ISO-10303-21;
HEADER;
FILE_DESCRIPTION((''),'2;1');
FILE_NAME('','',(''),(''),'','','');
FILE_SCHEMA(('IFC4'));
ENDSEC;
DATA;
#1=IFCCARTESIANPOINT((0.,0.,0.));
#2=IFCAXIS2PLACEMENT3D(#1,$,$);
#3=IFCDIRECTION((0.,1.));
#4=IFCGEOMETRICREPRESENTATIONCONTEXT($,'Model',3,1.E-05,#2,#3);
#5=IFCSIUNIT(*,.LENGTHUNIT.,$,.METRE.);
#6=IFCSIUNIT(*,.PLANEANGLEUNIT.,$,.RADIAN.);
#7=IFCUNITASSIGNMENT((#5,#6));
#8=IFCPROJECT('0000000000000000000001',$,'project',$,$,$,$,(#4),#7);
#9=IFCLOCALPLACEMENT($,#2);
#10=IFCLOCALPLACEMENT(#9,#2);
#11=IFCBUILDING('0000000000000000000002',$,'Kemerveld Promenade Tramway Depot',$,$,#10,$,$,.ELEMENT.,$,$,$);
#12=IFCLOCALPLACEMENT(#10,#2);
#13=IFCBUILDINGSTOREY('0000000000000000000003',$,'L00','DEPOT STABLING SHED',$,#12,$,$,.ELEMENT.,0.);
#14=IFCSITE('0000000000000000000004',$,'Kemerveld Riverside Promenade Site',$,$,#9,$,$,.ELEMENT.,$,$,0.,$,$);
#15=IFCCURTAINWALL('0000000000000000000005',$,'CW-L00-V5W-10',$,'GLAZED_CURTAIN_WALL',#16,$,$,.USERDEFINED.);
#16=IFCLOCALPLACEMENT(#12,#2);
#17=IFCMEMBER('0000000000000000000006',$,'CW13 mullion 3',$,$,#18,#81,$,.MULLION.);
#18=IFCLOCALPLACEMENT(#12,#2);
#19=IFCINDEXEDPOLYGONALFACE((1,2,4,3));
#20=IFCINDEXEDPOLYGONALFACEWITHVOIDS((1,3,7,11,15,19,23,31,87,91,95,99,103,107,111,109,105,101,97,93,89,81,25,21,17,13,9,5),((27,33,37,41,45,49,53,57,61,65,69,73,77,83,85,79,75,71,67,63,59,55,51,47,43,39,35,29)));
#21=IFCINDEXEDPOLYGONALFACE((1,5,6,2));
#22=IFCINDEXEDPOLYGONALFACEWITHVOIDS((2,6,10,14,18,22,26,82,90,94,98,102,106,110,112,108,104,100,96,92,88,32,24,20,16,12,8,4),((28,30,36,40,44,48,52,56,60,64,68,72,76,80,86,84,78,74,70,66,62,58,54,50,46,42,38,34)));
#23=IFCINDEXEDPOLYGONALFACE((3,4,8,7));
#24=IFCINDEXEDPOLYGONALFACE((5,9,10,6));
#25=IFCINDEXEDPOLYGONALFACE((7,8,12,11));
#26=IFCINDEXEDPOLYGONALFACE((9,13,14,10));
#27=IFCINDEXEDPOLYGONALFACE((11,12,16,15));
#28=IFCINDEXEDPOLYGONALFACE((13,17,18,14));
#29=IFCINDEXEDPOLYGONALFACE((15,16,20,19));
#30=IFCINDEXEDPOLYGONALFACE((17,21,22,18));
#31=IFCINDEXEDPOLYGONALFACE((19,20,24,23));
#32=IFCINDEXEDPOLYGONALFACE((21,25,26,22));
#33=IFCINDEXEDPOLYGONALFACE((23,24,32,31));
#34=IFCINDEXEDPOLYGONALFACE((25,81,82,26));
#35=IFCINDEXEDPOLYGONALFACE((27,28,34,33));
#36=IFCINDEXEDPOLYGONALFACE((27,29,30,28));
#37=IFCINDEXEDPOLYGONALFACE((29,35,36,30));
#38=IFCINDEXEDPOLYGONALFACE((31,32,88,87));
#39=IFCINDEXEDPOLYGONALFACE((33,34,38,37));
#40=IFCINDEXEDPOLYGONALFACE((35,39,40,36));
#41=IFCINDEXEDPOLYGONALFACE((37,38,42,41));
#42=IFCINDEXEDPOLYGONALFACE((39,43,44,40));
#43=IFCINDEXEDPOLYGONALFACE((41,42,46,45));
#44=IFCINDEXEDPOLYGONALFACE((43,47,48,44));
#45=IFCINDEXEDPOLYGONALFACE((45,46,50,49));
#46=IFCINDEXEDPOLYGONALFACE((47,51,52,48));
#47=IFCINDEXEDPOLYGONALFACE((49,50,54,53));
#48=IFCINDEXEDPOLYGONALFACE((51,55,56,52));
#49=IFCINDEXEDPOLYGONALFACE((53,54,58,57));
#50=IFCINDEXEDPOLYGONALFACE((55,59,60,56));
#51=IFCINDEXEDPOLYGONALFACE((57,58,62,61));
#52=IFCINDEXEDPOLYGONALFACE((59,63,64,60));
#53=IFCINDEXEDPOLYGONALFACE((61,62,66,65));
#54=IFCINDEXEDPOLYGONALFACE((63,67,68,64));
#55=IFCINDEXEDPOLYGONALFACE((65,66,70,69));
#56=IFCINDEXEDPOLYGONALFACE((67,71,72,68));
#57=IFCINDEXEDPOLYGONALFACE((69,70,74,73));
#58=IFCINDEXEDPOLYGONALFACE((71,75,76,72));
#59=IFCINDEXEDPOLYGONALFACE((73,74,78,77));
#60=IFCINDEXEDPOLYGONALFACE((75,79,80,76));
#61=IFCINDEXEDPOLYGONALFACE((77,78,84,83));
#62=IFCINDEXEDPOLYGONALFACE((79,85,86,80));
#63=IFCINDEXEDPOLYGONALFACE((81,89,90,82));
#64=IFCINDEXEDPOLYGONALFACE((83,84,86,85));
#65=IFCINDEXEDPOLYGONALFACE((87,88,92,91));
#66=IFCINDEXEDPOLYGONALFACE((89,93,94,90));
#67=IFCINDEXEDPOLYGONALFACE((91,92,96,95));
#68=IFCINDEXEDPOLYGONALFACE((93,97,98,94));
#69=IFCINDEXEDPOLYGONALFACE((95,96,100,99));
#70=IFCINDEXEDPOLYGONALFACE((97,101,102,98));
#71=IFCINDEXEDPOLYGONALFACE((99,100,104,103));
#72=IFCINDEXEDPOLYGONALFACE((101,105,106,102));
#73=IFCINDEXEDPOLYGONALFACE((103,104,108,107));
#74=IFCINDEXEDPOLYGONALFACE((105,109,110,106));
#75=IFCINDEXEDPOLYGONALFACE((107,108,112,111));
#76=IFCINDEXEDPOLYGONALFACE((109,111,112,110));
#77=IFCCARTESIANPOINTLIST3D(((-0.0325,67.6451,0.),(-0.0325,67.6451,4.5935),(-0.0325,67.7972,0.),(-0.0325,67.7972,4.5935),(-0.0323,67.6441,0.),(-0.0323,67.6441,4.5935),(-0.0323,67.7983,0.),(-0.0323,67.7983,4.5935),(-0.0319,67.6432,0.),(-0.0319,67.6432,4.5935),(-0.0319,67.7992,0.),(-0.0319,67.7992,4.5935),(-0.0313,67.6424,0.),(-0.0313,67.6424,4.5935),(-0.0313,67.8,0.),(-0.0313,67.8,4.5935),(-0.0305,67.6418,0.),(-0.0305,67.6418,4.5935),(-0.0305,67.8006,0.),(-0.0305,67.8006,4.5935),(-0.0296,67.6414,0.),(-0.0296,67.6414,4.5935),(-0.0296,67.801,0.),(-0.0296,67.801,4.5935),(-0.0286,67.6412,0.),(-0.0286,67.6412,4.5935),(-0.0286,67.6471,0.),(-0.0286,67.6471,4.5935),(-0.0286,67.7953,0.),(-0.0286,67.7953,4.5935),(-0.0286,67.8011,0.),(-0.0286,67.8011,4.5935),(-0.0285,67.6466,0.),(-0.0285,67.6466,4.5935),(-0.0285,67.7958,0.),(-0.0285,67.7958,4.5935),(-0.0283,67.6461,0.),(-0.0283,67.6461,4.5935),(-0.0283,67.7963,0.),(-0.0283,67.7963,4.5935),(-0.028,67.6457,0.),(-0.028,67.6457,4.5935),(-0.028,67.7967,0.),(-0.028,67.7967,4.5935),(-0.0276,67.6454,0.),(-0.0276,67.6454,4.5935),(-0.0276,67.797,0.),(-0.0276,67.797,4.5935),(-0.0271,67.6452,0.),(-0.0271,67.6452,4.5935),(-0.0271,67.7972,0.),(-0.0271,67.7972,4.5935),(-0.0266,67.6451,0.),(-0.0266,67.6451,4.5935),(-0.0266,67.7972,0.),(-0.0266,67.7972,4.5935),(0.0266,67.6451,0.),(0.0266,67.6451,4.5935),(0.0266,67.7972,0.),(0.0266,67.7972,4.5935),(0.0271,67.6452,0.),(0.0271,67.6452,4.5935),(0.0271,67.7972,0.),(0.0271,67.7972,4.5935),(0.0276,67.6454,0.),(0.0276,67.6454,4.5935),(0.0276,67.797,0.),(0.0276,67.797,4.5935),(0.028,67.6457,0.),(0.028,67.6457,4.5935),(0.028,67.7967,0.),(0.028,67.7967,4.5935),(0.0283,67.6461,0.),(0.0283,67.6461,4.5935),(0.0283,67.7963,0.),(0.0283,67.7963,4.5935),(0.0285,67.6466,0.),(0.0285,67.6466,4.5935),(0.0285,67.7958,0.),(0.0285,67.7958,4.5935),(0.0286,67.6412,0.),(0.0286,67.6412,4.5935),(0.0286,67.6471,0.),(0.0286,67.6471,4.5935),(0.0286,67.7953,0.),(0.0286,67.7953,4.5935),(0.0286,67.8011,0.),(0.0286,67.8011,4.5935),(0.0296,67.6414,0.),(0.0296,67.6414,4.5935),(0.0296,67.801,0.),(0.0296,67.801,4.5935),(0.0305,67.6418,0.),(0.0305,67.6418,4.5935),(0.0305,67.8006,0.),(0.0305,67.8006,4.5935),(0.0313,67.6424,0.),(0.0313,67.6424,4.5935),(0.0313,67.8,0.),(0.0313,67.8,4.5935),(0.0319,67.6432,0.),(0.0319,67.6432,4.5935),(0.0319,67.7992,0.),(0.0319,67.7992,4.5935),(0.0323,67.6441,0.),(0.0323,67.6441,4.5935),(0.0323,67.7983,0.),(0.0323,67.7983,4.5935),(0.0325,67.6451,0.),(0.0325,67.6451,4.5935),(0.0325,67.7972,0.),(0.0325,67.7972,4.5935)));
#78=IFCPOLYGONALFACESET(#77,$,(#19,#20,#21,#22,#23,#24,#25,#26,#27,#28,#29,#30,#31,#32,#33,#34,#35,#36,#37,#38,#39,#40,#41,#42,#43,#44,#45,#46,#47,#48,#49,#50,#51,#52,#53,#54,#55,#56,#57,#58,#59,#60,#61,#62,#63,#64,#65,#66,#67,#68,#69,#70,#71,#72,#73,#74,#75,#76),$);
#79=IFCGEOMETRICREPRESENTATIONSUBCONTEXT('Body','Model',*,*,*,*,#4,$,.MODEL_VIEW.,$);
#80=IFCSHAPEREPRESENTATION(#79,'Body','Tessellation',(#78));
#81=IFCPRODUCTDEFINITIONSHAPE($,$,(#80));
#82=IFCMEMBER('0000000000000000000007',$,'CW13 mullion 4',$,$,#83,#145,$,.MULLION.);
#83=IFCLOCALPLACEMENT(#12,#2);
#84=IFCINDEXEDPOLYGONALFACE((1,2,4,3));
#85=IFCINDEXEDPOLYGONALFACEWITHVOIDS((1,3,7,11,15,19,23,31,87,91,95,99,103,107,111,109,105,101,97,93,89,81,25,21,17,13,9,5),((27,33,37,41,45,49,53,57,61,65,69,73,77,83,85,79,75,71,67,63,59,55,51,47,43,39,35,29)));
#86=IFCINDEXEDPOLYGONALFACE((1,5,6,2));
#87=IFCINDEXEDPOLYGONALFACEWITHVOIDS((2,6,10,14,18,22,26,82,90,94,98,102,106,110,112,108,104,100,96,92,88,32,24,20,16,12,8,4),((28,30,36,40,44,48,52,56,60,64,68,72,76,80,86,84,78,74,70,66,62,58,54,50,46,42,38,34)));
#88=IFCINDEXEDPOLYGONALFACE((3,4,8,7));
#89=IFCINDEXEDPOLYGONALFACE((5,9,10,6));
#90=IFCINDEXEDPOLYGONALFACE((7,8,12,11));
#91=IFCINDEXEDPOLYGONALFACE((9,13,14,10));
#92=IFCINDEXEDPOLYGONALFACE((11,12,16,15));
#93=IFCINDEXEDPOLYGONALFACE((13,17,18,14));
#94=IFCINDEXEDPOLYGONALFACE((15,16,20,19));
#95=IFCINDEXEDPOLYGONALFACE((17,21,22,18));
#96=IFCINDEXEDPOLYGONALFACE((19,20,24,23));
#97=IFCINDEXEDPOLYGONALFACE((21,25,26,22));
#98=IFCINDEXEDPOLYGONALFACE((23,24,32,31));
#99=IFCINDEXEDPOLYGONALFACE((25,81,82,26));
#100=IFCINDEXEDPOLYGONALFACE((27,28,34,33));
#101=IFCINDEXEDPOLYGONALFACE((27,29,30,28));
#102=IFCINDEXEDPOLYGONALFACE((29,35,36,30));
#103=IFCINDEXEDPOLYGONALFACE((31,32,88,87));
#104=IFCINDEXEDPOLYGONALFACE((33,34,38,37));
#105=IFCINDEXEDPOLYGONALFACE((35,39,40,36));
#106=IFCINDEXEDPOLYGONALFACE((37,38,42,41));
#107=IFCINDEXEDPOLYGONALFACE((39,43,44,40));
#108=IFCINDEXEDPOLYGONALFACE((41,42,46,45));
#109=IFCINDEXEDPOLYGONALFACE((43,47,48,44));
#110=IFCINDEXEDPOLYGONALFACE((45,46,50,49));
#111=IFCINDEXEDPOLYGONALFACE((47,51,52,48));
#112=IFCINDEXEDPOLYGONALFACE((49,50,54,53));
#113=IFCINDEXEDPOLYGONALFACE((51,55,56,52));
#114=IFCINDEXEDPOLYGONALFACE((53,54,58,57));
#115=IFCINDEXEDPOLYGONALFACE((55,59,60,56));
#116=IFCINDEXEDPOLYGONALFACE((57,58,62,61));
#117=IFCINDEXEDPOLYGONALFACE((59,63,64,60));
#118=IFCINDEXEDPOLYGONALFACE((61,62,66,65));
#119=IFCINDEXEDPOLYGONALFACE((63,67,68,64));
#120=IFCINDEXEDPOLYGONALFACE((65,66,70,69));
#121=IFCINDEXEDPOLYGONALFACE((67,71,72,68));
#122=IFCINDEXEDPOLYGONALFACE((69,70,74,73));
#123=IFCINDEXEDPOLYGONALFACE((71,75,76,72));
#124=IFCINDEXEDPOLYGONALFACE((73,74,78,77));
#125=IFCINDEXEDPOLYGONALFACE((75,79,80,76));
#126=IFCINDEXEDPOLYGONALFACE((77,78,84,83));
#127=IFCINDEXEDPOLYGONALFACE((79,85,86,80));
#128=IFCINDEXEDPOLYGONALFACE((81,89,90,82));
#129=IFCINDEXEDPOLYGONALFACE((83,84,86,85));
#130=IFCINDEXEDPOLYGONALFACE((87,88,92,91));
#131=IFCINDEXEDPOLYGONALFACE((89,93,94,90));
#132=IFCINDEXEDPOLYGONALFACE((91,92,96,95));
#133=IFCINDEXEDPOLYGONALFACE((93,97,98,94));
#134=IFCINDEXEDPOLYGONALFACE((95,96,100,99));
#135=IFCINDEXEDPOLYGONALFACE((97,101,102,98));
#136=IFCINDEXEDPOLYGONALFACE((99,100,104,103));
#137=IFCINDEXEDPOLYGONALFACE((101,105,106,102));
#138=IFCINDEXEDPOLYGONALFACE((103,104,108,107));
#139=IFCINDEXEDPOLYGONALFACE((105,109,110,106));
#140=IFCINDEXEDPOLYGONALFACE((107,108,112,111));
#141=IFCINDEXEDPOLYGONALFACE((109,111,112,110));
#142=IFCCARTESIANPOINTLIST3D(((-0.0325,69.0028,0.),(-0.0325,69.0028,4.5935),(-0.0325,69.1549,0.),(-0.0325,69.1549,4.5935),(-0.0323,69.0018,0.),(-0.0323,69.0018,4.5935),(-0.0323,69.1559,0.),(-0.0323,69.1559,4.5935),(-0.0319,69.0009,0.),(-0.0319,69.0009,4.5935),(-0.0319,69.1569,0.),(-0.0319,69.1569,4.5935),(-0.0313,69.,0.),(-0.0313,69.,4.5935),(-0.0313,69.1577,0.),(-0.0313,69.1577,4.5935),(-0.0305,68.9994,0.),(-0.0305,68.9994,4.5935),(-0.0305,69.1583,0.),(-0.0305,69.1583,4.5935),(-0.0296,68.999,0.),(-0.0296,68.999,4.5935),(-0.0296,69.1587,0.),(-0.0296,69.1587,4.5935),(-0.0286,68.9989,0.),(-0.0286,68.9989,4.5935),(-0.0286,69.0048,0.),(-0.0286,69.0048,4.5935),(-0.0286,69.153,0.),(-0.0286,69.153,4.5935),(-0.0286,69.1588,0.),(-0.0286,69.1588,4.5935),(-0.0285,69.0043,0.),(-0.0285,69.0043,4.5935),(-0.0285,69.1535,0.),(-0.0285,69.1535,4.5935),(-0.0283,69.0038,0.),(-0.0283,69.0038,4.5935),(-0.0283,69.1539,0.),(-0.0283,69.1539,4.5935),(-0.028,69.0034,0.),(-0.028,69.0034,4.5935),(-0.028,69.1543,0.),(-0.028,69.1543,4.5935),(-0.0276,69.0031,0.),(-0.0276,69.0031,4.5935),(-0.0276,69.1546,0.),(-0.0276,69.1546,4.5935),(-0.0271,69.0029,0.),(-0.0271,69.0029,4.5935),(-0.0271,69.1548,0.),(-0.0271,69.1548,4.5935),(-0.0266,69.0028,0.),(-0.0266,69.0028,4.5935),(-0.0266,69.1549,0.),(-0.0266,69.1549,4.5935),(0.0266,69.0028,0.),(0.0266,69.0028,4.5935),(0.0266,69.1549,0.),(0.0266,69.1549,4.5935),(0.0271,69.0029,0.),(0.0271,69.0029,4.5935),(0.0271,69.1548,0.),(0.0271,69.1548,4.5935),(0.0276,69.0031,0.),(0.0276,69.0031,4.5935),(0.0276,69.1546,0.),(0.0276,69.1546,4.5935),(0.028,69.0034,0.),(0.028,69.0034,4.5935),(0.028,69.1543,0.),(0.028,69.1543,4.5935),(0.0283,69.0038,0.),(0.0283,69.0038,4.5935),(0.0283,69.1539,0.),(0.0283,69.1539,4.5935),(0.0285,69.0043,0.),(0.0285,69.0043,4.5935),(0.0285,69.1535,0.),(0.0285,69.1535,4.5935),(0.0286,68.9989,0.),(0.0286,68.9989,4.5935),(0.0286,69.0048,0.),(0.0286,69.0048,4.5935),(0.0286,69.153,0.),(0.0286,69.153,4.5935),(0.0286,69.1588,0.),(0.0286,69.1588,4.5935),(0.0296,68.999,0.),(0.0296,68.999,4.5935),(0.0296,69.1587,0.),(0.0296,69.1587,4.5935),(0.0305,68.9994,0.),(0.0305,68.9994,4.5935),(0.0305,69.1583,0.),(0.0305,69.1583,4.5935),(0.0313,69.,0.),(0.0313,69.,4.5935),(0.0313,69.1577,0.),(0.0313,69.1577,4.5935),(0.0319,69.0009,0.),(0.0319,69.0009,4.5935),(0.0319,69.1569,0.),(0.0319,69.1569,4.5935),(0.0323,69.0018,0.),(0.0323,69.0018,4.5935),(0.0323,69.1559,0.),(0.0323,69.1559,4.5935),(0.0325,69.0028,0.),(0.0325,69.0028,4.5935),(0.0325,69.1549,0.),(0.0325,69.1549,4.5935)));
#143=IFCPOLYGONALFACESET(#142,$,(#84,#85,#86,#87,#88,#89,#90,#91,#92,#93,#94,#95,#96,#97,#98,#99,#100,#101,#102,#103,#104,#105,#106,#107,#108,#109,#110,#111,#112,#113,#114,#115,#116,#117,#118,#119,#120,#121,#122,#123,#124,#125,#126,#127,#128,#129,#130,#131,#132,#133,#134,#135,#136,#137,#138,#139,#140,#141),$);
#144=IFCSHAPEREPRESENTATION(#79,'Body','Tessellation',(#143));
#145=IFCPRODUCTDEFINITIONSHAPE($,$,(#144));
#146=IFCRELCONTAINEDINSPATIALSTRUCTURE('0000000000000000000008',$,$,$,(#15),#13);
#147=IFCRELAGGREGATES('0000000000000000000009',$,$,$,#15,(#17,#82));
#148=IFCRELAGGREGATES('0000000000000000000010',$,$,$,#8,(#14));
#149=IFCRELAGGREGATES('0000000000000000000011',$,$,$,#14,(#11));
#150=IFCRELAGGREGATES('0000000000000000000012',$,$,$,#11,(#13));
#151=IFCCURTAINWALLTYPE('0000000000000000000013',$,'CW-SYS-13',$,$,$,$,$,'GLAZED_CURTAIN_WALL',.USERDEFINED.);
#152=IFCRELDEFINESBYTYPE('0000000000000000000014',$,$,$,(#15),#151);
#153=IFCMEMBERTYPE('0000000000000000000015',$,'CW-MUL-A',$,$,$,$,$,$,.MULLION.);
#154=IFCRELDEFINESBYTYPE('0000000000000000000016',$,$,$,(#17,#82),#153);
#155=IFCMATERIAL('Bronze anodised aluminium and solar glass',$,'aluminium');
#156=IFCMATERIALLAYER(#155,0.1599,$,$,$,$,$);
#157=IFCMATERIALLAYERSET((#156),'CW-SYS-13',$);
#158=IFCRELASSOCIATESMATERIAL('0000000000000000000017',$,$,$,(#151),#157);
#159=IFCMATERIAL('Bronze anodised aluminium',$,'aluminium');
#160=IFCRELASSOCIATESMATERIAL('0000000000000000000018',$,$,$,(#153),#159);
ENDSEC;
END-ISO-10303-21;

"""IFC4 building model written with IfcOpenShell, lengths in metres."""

from ifc_helpers import new_model, si_unit, direction, frame, origin, origin_2d, place, context, subcontext, project, spatial, hollow_rectangle, extrude, material, layer, layer_set, material_profile, profile_set, type_object, element, aggregate, save


model = new_model("IFC4")

# Units and contexts
model_context = context("Model", 3, precision=1e-05, world=origin(), true_north=direction((0.0, 1.0)))
body_context = subcontext(model_context, "Body", "Model", "MODEL_VIEW")
ifc_project = project(units=[si_unit("LENGTHUNIT", "METRE"), si_unit("PLANEANGLEUNIT", "RADIAN")], contexts=[model_context])

# Site, building, storey
site_placement = place(None, origin())
site = spatial("IfcSite", under=ifc_project, at=site_placement, Name="Kemerveld Riverside Promenade Site", CompositionType="ELEMENT", RefElevation=0.0)
building_placement = place(site_placement, origin())
building = spatial("IfcBuilding", under=site, at=building_placement, Name="Kemerveld Promenade Tramway Depot", CompositionType="ELEMENT")
storey_placement = place(building_placement, origin())
storey = spatial("IfcBuildingStorey", under=building, at=storey_placement, Name="L00", Description="DEPOT STABLING SHED", CompositionType="ELEMENT", Elevation=0.0)

# Curtain wall, members
ifc_material_1 = material(Name="Bronze anodised aluminium and solar glass", Category="aluminium")
ifc_layer_1 = layer(ifc_material_1, 0.1599)
ifc_layer_set_1 = layer_set([ifc_layer_1], Name="CW-SYS-13")
curtain_wall_type = type_object("IfcCurtainWallType", Name="CW-SYS-13", ElementType="GLAZED_CURTAIN_WALL", PredefinedType="USERDEFINED", material=ifc_layer_set_1)
curtain_wall_placement = place(storey_placement, origin())
curtain_wall = element("IfcCurtainWall", 1, at=curtain_wall_placement, inside=storey, type_object=curtain_wall_type, Name="CW-L00-V5W-10", ObjectType="GLAZED_CURTAIN_WALL", PredefinedType="USERDEFINED")
ifc_material_2 = material(Name="Bronze anodised aluminium", Category="aluminium")
ifc_material_profile_1 = material_profile(ifc_material_2, hollow_rectangle(XDim=0.0649, YDim=0.1599, WallThickness=0.0039, InnerFilletRadius=0.002, OuterFilletRadius=0.0039, at=origin_2d()), Name="CW-MUL-160x65")
ifc_profile_set_1 = profile_set([ifc_material_profile_1], Name="Bronze anodised aluminium")
member_type_1 = type_object("IfcMemberType", Name="CW-MUL-A", PredefinedType="MULLION", material=ifc_profile_set_1)
member_1_placement = place(storey_placement, frame((0.0, 67.7212, 0.0), z_axis=(0.0, 0.0, 1.0), x_axis=(-1.0, 0.0, 0.0)))
member_1 = element("IfcMember", 2, at=member_1_placement, type_object=member_type_1, Name="CW13 mullion 3", PredefinedType="MULLION", context=body_context, shape_type="SweptSolid", body=[
    extrude(hollow_rectangle(XDim=0.0649, YDim=0.1599, WallThickness=0.0039, InnerFilletRadius=0.002, OuterFilletRadius=0.0039, at=origin_2d()), origin(), (0.0, 0.0, 1.0), 4.5935),
])
member_2_placement = place(storey_placement, frame((0.0, 69.0789, 0.0), z_axis=(0.0, 0.0, 1.0), x_axis=(-1.0, 0.0, 0.0)))
member_2 = element("IfcMember", 3, at=member_2_placement, type_object=member_type_1, Name="CW13 mullion 4", PredefinedType="MULLION", context=body_context, shape_type="SweptSolid", body=[
    extrude(hollow_rectangle(XDim=0.0649, YDim=0.1599, WallThickness=0.0039, InnerFilletRadius=0.002, OuterFilletRadius=0.0039, at=origin_2d()), origin(), (0.0, 0.0, 1.0), 4.5935),
])
aggregate(curtain_wall, [member_1, member_2])

save(model, "model.ifc")
